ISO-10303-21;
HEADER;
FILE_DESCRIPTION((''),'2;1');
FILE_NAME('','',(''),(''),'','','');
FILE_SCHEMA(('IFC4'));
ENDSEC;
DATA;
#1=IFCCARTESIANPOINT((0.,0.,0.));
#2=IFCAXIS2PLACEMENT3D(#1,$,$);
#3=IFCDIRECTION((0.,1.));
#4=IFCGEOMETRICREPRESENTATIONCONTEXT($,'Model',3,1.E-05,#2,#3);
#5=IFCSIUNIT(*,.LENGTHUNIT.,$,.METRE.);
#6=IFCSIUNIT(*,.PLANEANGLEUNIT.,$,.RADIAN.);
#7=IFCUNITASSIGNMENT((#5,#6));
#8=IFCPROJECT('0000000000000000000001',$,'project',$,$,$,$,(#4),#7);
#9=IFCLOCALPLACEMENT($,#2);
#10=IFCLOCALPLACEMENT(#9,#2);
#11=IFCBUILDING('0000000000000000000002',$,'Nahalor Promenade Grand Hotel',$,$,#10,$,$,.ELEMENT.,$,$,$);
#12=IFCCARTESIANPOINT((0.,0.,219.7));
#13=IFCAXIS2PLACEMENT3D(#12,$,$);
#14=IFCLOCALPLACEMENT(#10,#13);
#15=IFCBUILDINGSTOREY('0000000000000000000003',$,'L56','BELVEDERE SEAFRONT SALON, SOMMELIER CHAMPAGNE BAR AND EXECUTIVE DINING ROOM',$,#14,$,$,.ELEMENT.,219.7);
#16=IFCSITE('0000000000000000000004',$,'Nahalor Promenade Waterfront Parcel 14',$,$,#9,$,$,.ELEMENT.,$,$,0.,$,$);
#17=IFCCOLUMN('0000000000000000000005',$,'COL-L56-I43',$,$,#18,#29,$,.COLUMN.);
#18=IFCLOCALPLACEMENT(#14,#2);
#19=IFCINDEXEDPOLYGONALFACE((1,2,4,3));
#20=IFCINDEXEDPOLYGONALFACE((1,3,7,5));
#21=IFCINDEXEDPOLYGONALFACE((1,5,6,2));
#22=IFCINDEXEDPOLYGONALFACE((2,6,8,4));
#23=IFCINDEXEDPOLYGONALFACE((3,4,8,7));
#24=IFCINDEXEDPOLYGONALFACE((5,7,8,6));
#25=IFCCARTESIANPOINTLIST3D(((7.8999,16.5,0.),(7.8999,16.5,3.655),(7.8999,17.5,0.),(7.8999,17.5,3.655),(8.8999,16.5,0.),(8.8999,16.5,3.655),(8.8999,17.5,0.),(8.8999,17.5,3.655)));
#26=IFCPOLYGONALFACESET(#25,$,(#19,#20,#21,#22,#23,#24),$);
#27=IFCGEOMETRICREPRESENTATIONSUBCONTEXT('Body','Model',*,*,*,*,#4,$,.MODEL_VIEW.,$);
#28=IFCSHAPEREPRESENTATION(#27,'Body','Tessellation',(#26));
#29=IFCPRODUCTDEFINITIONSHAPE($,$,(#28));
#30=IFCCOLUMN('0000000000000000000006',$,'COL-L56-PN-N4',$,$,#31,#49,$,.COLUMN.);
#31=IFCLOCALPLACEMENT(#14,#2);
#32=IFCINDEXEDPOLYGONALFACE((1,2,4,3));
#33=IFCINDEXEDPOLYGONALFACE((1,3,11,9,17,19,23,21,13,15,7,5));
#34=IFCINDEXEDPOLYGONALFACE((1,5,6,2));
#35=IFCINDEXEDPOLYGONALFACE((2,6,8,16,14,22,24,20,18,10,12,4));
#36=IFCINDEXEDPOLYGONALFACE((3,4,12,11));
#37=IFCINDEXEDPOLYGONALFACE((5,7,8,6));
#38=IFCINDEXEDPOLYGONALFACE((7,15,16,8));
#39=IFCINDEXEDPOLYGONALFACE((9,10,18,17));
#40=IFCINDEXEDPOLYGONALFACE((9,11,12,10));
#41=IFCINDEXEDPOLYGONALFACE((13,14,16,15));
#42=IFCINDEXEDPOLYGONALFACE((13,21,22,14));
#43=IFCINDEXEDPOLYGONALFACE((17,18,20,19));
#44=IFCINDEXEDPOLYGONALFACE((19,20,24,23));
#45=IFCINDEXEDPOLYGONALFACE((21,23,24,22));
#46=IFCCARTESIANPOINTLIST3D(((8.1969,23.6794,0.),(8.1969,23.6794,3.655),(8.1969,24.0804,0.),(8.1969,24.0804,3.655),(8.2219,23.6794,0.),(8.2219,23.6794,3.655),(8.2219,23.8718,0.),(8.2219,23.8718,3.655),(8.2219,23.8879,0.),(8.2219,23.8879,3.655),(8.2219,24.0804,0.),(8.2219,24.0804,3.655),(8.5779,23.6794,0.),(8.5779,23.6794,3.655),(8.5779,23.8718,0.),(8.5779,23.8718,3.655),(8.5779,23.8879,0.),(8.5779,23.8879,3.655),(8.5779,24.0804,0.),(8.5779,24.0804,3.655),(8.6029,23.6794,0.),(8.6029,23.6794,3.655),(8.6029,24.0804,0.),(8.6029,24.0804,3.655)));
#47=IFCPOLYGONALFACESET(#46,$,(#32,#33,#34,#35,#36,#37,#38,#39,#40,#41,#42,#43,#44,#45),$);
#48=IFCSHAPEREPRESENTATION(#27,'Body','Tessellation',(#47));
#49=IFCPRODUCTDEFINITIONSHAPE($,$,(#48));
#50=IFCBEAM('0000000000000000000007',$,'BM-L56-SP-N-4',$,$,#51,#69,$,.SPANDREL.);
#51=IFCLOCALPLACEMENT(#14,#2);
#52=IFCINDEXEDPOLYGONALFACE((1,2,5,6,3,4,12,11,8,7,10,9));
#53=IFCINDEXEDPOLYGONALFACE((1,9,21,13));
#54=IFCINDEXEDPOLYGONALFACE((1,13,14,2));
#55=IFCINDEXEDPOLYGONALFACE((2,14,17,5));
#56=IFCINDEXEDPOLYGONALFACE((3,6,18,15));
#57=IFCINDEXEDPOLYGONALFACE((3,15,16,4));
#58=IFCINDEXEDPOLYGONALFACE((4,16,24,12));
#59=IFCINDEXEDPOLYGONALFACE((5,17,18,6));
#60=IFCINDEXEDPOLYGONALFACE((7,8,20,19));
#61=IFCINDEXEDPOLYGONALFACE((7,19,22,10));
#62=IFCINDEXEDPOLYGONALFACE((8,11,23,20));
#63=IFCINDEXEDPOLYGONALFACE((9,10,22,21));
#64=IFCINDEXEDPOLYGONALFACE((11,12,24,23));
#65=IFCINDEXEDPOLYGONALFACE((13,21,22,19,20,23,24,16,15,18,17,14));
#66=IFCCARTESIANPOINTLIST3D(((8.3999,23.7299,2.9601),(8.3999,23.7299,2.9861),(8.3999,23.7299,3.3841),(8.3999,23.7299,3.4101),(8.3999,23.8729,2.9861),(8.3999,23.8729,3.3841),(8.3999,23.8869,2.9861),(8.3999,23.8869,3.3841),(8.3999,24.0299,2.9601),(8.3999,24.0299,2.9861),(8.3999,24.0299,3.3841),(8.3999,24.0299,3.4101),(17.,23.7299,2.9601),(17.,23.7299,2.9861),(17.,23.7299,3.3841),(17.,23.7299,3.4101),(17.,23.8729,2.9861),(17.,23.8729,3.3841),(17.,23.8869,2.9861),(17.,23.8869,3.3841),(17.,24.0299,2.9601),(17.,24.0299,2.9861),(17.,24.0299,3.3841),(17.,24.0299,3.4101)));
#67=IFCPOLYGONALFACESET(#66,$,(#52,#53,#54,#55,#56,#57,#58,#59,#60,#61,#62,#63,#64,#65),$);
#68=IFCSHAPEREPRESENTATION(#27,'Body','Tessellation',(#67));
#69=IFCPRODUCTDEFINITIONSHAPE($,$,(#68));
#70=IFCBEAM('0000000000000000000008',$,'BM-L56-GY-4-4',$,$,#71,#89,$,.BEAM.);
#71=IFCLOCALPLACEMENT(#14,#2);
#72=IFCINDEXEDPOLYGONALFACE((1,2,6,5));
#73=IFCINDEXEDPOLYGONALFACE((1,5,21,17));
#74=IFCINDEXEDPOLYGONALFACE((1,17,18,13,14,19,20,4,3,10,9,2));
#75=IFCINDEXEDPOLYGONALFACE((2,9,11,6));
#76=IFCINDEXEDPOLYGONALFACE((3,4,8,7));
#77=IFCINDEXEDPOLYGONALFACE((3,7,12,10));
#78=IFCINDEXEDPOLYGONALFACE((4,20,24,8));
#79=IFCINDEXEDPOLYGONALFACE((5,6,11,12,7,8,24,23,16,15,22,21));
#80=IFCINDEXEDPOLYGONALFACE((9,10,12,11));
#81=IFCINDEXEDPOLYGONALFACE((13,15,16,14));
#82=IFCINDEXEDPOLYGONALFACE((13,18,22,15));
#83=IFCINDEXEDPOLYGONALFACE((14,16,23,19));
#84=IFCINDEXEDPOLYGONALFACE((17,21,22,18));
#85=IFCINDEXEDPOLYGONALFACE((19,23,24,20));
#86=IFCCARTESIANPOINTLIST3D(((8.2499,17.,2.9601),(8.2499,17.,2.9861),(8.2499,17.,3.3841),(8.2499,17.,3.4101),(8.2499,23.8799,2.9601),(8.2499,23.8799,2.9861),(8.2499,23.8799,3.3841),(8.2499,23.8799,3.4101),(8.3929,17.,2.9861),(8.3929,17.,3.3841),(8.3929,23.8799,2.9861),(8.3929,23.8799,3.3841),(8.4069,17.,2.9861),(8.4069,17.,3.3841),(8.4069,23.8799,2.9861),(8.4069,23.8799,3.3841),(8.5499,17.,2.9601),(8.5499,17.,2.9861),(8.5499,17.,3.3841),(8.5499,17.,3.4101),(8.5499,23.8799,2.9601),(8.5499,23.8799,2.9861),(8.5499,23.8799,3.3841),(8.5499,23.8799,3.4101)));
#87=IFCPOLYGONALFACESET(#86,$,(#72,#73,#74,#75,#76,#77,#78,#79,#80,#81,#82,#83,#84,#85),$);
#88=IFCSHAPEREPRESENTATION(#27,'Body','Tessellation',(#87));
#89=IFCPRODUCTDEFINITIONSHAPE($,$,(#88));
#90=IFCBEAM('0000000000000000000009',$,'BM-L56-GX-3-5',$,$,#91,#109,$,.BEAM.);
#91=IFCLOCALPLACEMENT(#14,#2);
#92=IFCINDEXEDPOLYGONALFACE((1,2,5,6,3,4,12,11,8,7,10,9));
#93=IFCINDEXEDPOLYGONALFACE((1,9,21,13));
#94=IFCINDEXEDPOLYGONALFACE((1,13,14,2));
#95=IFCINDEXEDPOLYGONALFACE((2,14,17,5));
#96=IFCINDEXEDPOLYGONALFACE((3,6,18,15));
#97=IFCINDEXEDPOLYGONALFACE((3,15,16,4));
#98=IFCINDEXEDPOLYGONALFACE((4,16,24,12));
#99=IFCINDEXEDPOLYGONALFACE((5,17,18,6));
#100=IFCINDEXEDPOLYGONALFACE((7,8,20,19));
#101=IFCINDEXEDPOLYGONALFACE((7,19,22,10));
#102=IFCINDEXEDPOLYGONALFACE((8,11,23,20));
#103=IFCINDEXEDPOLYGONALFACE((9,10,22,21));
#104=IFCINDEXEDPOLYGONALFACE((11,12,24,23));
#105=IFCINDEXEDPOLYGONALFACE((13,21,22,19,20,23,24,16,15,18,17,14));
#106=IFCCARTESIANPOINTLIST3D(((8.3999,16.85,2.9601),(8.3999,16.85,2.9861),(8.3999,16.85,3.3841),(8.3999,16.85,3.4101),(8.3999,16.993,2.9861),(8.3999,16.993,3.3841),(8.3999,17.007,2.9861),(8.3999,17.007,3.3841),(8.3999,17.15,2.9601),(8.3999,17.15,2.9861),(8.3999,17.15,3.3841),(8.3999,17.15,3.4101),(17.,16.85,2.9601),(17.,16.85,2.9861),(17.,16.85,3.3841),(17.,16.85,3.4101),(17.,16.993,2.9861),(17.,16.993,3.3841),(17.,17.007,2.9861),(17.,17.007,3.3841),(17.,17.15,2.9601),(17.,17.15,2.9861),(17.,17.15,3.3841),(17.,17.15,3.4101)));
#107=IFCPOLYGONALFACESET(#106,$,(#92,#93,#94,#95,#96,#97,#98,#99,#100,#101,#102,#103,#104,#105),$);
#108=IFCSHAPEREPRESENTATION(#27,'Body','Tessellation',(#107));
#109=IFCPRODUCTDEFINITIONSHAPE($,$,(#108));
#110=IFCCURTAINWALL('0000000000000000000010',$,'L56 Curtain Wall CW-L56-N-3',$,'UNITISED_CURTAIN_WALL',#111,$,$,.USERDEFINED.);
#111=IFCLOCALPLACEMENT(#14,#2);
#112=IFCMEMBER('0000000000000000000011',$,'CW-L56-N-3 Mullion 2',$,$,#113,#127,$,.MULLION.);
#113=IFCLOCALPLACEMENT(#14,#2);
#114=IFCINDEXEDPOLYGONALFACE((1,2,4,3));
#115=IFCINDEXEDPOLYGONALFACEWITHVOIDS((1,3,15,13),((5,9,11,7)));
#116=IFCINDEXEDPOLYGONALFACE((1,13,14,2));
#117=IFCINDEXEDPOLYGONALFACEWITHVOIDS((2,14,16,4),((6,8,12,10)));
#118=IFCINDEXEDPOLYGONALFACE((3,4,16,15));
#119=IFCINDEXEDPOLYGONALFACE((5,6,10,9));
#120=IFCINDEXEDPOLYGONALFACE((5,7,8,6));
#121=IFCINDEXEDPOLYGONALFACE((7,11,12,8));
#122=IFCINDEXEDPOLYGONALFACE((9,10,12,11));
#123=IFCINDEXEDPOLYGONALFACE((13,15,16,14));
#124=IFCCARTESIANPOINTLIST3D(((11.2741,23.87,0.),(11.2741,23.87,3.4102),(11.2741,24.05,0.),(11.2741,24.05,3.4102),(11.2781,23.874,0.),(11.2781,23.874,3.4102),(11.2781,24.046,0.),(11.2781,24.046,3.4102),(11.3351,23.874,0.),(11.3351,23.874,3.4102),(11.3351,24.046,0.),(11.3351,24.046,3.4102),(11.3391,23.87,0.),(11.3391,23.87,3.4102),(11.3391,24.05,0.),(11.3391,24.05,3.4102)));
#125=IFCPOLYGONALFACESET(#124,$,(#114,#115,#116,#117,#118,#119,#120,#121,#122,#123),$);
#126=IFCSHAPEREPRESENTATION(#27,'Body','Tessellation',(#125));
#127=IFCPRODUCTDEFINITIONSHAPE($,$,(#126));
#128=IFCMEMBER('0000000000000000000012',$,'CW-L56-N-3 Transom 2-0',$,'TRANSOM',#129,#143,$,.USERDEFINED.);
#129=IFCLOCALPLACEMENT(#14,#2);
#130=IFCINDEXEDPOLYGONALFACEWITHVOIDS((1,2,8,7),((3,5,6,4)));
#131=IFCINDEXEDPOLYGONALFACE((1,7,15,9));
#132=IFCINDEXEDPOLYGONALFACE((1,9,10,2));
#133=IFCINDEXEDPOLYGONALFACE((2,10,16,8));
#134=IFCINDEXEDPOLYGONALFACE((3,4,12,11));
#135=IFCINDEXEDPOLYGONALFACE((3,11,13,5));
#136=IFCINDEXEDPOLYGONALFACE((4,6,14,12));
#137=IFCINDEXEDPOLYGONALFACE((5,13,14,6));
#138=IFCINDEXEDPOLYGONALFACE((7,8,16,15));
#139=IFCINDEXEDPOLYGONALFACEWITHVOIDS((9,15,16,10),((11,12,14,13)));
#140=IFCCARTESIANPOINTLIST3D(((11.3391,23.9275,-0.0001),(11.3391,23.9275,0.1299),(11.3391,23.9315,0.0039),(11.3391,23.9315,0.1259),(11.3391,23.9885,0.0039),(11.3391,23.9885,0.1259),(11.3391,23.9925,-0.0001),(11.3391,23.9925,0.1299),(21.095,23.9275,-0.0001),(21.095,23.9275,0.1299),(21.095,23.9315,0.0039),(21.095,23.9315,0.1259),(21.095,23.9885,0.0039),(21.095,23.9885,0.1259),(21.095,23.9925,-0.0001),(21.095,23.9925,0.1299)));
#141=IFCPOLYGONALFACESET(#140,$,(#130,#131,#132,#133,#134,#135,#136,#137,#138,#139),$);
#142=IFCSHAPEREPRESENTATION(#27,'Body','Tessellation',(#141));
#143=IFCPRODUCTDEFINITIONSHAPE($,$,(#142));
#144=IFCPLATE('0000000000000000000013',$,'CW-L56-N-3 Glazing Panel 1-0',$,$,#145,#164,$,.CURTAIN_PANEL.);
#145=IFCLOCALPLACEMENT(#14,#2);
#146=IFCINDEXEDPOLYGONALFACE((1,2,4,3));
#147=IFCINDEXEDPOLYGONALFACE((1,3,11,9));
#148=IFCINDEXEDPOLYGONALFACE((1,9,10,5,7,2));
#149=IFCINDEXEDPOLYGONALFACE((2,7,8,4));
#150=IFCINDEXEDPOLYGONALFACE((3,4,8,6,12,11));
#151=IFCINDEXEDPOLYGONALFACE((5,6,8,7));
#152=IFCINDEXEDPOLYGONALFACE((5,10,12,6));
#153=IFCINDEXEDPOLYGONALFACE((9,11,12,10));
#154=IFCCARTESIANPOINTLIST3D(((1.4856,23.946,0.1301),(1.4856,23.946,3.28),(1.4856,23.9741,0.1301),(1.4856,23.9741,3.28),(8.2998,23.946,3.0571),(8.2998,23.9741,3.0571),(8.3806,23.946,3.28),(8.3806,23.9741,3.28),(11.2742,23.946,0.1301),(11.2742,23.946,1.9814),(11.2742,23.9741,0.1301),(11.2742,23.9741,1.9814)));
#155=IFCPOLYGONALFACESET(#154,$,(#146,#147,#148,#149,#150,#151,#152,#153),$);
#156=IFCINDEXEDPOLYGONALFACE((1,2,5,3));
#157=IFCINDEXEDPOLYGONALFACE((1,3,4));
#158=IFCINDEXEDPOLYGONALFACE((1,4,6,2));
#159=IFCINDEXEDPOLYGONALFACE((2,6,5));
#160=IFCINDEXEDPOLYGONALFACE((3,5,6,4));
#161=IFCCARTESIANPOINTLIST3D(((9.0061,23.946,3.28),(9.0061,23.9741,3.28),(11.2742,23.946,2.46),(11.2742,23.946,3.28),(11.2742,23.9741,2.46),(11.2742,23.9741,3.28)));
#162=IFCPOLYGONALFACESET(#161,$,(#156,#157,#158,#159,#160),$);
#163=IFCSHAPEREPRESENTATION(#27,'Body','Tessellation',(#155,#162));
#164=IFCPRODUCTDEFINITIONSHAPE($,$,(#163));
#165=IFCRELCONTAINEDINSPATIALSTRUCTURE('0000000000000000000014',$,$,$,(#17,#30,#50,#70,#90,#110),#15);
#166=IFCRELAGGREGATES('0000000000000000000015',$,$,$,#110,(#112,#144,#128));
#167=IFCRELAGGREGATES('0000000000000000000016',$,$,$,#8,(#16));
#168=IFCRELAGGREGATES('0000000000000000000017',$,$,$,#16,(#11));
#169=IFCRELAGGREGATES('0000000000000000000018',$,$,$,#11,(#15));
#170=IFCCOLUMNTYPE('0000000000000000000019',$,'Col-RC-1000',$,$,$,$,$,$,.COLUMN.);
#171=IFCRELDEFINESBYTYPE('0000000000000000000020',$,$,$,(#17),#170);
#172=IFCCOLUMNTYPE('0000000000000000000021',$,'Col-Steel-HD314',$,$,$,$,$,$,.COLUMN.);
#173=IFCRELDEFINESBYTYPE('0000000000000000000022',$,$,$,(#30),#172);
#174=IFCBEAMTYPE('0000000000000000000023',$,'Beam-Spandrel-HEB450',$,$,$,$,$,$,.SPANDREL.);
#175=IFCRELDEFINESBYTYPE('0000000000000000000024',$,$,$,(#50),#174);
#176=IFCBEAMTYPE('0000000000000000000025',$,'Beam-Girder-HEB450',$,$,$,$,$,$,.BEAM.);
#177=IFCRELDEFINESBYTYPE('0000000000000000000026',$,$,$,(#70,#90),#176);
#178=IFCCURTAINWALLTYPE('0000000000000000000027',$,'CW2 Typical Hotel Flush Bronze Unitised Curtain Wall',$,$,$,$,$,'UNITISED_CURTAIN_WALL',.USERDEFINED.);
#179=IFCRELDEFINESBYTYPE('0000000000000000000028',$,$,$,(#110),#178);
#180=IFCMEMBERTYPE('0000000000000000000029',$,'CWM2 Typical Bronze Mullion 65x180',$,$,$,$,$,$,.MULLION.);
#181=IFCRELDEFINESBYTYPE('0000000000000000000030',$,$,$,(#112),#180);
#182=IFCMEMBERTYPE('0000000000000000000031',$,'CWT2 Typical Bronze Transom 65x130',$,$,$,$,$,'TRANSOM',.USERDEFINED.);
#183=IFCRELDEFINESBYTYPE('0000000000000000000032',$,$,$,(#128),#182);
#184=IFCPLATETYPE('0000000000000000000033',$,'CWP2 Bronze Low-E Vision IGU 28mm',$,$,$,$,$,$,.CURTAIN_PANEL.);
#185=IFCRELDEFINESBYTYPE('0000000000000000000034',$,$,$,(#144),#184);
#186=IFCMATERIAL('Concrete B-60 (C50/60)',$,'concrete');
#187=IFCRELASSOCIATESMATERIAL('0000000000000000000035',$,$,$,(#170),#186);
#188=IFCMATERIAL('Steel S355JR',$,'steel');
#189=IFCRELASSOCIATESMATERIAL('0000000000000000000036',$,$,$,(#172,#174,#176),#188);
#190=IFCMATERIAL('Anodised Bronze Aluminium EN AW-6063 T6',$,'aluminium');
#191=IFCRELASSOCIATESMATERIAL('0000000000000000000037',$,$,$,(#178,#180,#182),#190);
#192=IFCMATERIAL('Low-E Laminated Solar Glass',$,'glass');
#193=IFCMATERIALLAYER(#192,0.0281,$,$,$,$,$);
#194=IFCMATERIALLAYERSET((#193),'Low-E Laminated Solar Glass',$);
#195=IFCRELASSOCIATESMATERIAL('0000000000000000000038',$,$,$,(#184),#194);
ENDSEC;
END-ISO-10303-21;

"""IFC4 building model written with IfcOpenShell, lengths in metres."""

from ifc_helpers import new_model, si_unit, direction, frame, origin, origin_2d, place, context, subcontext, project, spatial, polyline, rectangle, hollow_rectangle, i_section, outline, extrude, source, transform, mapped, material, layer, layer_set, material_profile, profile_set, type_object, element, aggregate, save


model = new_model("IFC4")

# Units and contexts
model_context = context("Model", 3, precision=1e-05, world=origin(), true_north=direction((0.0, 1.0)))
body_context = subcontext(model_context, "Body", "Model", "MODEL_VIEW")
ifc_project = project(units=[si_unit("LENGTHUNIT", "METRE"), si_unit("PLANEANGLEUNIT", "RADIAN")], contexts=[model_context])

# Site, building, storey
site_placement = place(None, origin())
site = spatial("IfcSite", under=ifc_project, at=site_placement, Name="Nahalor Promenade Waterfront Parcel 14", CompositionType="ELEMENT", RefElevation=0.0)
building_placement = place(site_placement, origin())
building = spatial("IfcBuilding", under=site, at=building_placement, Name="Nahalor Promenade Grand Hotel", CompositionType="ELEMENT")
storey_placement = place(building_placement, frame((0.0, 0.0, 219.7)))
storey = spatial("IfcBuildingStorey", under=building, at=storey_placement, Name="L56", Description="BELVEDERE SEAFRONT SALON, SOMMELIER CHAMPAGNE BAR AND EXECUTIVE DINING ROOM", CompositionType="ELEMENT", Elevation=219.7)

# Columns
ifc_material_1 = material(Name="Concrete B-60 (C50/60)", Category="concrete")
ifc_material_profile_1 = material_profile(ifc_material_1, rectangle(XDim=1.0, YDim=1.0, at=origin_2d()), Name="RC 1000x1000")
ifc_profile_set_1 = profile_set([ifc_material_profile_1], Name="Concrete B-60 (C50/60)")
column_type_1 = type_object("IfcColumnType", Name="Col-RC-1000", PredefinedType="COLUMN", material=ifc_profile_set_1)
shared_shape_1 = source(origin(), body_context, "Body", "SweptSolid", [
    extrude(rectangle(XDim=1.0, YDim=1.0, at=origin_2d()), origin(), (0.0, 0.0, 1.0), 3.655),
])
column_1_placement = place(storey_placement, frame((8.3999, 17.0, 0.0), z_axis=(0.0, 0.0, 1.0), x_axis=(1.0, 0.0, 0.0)))
element("IfcColumn", 1, at=column_1_placement, inside=storey, type_object=column_type_1, Name="COL-L56-I43", PredefinedType="COLUMN", context=body_context, shape_type="MappedRepresentation", body=[
    mapped(shared_shape_1, transform((0.0, 0.0, 0.0), scale=1.0)),
])
ifc_material_2 = material(Name="Steel S355JR", Category="steel")
ifc_material_profile_2 = material_profile(ifc_material_2, i_section(OverallWidth=0.401, OverallDepth=0.406, WebThickness=0.0161, FlangeThickness=0.025, at=origin_2d()), Name="HD 400x314")
ifc_profile_set_2 = profile_set([ifc_material_profile_2], Name="Steel S355JR")
column_type_2 = type_object("IfcColumnType", Name="Col-Steel-HD314", PredefinedType="COLUMN", material=ifc_profile_set_2)
shared_shape_2 = source(origin(), body_context, "Body", "SweptSolid", [
    extrude(i_section(OverallWidth=0.401, OverallDepth=0.406, WebThickness=0.0161, FlangeThickness=0.025, at=origin_2d()), origin(), (0.0, 0.0, 1.0), 3.655),
])
column_2_placement = place(storey_placement, frame((8.3999, 23.8799, 0.0), z_axis=(0.0, 0.0, 1.0), x_axis=(0.0, 1.0, 0.0)))
element("IfcColumn", 2, at=column_2_placement, inside=storey, type_object=column_type_2, Name="COL-L56-PN-N4", PredefinedType="COLUMN", context=body_context, shape_type="MappedRepresentation", body=[
    mapped(shared_shape_2, transform((0.0, 0.0, 0.0), scale=1.0)),
])

# Beams
ifc_material_profile_3 = material_profile(ifc_material_2, i_section(OverallWidth=0.3, OverallDepth=0.45, WebThickness=0.014, FlangeThickness=0.026, at=origin_2d()), Name="HEB 450")
ifc_profile_set_3 = profile_set([ifc_material_profile_3], Name="Steel S355JR")
beam_type_1 = type_object("IfcBeamType", Name="Beam-Spandrel-HEB450", PredefinedType="SPANDREL", material=ifc_profile_set_3)
shared_shape_3 = source(origin(), body_context, "Body", "SweptSolid", [
    extrude(i_section(OverallWidth=0.3, OverallDepth=0.45, WebThickness=0.014, FlangeThickness=0.026, at=origin_2d()), origin(), (0.0, 0.0, 1.0), 8.6001),
])
beam_1_placement = place(storey_placement, frame((8.3999, 23.8799, 3.1851), z_axis=(1.0, 0.0, 0.0), x_axis=(0.0, 1.0, 0.0)))
element("IfcBeam", 3, at=beam_1_placement, inside=storey, type_object=beam_type_1, Name="BM-L56-SP-N-4", PredefinedType="SPANDREL", context=body_context, shape_type="MappedRepresentation", body=[
    mapped(shared_shape_3, transform((0.0, 0.0, 0.0), scale=1.0)),
])
ifc_material_profile_4 = material_profile(ifc_material_2, i_section(OverallWidth=0.3, OverallDepth=0.45, WebThickness=0.014, FlangeThickness=0.026, at=origin_2d()), Name="HEB 450")
ifc_profile_set_4 = profile_set([ifc_material_profile_4], Name="Steel S355JR")
beam_type_2 = type_object("IfcBeamType", Name="Beam-Girder-HEB450", PredefinedType="BEAM", material=ifc_profile_set_4)
shared_shape_4 = source(origin(), body_context, "Body", "SweptSolid", [
    extrude(i_section(OverallWidth=0.3, OverallDepth=0.45, WebThickness=0.014, FlangeThickness=0.026, at=origin_2d()), origin(), (0.0, 0.0, 1.0), 6.8799),
])
beam_2_placement = place(storey_placement, frame((8.3999, 17.0, 3.1851), z_axis=(0.0, 1.0, 0.0), x_axis=(-1.0, 0.0, 0.0)))
element("IfcBeam", 4, at=beam_2_placement, inside=storey, type_object=beam_type_2, Name="BM-L56-GY-4-4", PredefinedType="BEAM", context=body_context, shape_type="MappedRepresentation", body=[
    mapped(shared_shape_4, transform((0.0, 0.0, 0.0), scale=1.0)),
])
shared_shape_5 = source(origin(), body_context, "Body", "SweptSolid", [
    extrude(i_section(OverallWidth=0.3, OverallDepth=0.45, WebThickness=0.014, FlangeThickness=0.026, at=origin_2d()), origin(), (0.0, 0.0, 1.0), 8.6001),
])
beam_3_placement = place(storey_placement, frame((8.3999, 17.0, 3.1851), z_axis=(1.0, 0.0, 0.0), x_axis=(0.0, 1.0, 0.0)))
element("IfcBeam", 5, at=beam_3_placement, inside=storey, type_object=beam_type_2, Name="BM-L56-GX-3-5", PredefinedType="BEAM", context=body_context, shape_type="MappedRepresentation", body=[
    mapped(shared_shape_5, transform((0.0, 0.0, 0.0), scale=1.0)),
])

# Curtain wall, members, plate
ifc_material_3 = material(Name="Anodised Bronze Aluminium EN AW-6063 T6", Category="aluminium")
curtain_wall_type = type_object("IfcCurtainWallType", Name="CW2 Typical Hotel Flush Bronze Unitised Curtain Wall", ElementType="UNITISED_CURTAIN_WALL", PredefinedType="USERDEFINED", material=ifc_material_3)
curtain_wall_placement = place(storey_placement, origin())
curtain_wall = element("IfcCurtainWall", 6, at=curtain_wall_placement, inside=storey, type_object=curtain_wall_type, Name="L56 Curtain Wall CW-L56-N-3", ObjectType="UNITISED_CURTAIN_WALL", PredefinedType="USERDEFINED")
ifc_material_profile_5 = material_profile(ifc_material_3, hollow_rectangle(XDim=0.065, YDim=0.18, WallThickness=0.004, at=origin_2d()), Name="CWM 65x180x4")
ifc_profile_set_5 = profile_set([ifc_material_profile_5], Name="Anodised Bronze Aluminium EN AW-6063 T6")
member_type_1 = type_object("IfcMemberType", Name="CWM2 Typical Bronze Mullion 65x180", PredefinedType="MULLION", material=ifc_profile_set_5)
shared_shape_6 = source(origin(), body_context, "Body", "SweptSolid", [
    extrude(hollow_rectangle(XDim=0.065, YDim=0.18, WallThickness=0.004, at=origin_2d()), origin(), (0.0, 0.0, 1.0), 3.4102),
])
member_1_placement = place(storey_placement, frame((11.3066, 23.96, 0.0), z_axis=(0.0, 0.0, 1.0), x_axis=(1.0, 0.0, 0.0)))
member_1 = element("IfcMember", 7, at=member_1_placement, type_object=member_type_1, Name="CW-L56-N-3 Mullion 2", PredefinedType="MULLION", context=body_context, shape_type="MappedRepresentation", body=[
    mapped(shared_shape_6, transform((0.0, 0.0, 0.0), scale=1.0)),
])
ifc_material_profile_6 = material_profile(ifc_material_3, hollow_rectangle(XDim=0.065, YDim=0.13, WallThickness=0.004, at=origin_2d()), Name="CWT 65x130x4")
ifc_profile_set_6 = profile_set([ifc_material_profile_6], Name="Anodised Bronze Aluminium EN AW-6063 T6")
member_type_2 = type_object("IfcMemberType", Name="CWT2 Typical Bronze Transom 65x130", ElementType="TRANSOM", PredefinedType="USERDEFINED", material=ifc_profile_set_6)
shared_shape_7 = source(origin(), body_context, "Body", "SweptSolid", [
    extrude(hollow_rectangle(XDim=0.065, YDim=0.13, WallThickness=0.004, at=origin_2d()), origin(), (0.0, 0.0, 1.0), 9.7559),
])
member_2_placement = place(storey_placement, frame((11.3391, 23.96, 0.0649), z_axis=(1.0, 0.0, 0.0), x_axis=(0.0, 1.0, 0.0)))
member_2 = element("IfcMember", 8, at=member_2_placement, type_object=member_type_2, Name="CW-L56-N-3 Transom 2-0", ObjectType="TRANSOM", PredefinedType="USERDEFINED", context=body_context, shape_type="MappedRepresentation", body=[
    mapped(shared_shape_7, transform((0.0, 0.0, 0.0), scale=1.0)),
])
ifc_material_4 = material(Name="Low-E Laminated Solar Glass", Category="glass")
ifc_layer_1 = layer(ifc_material_4, 0.0281)
ifc_layer_set_1 = layer_set([ifc_layer_1], Name="Low-E Laminated Solar Glass")
plate_type = type_object("IfcPlateType", Name="CWP2 Bronze Low-E Vision IGU 28mm", PredefinedType="CURTAIN_PANEL", material=ifc_layer_set_1)
plate_placement = place(storey_placement, frame((6.3799, 23.96, 0.1301), z_axis=(0.0, 0.0, 1.0), x_axis=(1.0, 0.0, 0.0)))
plate = element("IfcPlate", 9, at=plate_placement, type_object=plate_type, Name="CW-L56-N-3 Glazing Panel 1-0", PredefinedType="CURTAIN_PANEL", context=body_context, shape_type="SweptSolid", body=[
    extrude(outline(polyline([(-4.8943, 0.0), (4.8943, 0.0), (4.8943, 1.8513), (1.9199, 2.927), (2.0007, 3.1499), (-4.8943, 3.1499), (-4.8943, 0.0)])), frame((0.0, 0.0142, 0.0), z_axis=(0.0, -1.0, 0.0), x_axis=(1.0, 0.0, 0.0)), (0.0, 0.0, 1.0), 0.0281),
    extrude(outline(polyline([(4.8943, 2.3298), (4.8943, 3.1499), (2.6262, 3.1499), (4.8943, 2.3298)])), frame((0.0, 0.0142, 0.0), z_axis=(0.0, -1.0, 0.0), x_axis=(1.0, 0.0, 0.0)), (0.0, 0.0, 1.0), 0.0281),
])
aggregate(curtain_wall, [member_1, plate, member_2])

save(model, "model.ifc")
